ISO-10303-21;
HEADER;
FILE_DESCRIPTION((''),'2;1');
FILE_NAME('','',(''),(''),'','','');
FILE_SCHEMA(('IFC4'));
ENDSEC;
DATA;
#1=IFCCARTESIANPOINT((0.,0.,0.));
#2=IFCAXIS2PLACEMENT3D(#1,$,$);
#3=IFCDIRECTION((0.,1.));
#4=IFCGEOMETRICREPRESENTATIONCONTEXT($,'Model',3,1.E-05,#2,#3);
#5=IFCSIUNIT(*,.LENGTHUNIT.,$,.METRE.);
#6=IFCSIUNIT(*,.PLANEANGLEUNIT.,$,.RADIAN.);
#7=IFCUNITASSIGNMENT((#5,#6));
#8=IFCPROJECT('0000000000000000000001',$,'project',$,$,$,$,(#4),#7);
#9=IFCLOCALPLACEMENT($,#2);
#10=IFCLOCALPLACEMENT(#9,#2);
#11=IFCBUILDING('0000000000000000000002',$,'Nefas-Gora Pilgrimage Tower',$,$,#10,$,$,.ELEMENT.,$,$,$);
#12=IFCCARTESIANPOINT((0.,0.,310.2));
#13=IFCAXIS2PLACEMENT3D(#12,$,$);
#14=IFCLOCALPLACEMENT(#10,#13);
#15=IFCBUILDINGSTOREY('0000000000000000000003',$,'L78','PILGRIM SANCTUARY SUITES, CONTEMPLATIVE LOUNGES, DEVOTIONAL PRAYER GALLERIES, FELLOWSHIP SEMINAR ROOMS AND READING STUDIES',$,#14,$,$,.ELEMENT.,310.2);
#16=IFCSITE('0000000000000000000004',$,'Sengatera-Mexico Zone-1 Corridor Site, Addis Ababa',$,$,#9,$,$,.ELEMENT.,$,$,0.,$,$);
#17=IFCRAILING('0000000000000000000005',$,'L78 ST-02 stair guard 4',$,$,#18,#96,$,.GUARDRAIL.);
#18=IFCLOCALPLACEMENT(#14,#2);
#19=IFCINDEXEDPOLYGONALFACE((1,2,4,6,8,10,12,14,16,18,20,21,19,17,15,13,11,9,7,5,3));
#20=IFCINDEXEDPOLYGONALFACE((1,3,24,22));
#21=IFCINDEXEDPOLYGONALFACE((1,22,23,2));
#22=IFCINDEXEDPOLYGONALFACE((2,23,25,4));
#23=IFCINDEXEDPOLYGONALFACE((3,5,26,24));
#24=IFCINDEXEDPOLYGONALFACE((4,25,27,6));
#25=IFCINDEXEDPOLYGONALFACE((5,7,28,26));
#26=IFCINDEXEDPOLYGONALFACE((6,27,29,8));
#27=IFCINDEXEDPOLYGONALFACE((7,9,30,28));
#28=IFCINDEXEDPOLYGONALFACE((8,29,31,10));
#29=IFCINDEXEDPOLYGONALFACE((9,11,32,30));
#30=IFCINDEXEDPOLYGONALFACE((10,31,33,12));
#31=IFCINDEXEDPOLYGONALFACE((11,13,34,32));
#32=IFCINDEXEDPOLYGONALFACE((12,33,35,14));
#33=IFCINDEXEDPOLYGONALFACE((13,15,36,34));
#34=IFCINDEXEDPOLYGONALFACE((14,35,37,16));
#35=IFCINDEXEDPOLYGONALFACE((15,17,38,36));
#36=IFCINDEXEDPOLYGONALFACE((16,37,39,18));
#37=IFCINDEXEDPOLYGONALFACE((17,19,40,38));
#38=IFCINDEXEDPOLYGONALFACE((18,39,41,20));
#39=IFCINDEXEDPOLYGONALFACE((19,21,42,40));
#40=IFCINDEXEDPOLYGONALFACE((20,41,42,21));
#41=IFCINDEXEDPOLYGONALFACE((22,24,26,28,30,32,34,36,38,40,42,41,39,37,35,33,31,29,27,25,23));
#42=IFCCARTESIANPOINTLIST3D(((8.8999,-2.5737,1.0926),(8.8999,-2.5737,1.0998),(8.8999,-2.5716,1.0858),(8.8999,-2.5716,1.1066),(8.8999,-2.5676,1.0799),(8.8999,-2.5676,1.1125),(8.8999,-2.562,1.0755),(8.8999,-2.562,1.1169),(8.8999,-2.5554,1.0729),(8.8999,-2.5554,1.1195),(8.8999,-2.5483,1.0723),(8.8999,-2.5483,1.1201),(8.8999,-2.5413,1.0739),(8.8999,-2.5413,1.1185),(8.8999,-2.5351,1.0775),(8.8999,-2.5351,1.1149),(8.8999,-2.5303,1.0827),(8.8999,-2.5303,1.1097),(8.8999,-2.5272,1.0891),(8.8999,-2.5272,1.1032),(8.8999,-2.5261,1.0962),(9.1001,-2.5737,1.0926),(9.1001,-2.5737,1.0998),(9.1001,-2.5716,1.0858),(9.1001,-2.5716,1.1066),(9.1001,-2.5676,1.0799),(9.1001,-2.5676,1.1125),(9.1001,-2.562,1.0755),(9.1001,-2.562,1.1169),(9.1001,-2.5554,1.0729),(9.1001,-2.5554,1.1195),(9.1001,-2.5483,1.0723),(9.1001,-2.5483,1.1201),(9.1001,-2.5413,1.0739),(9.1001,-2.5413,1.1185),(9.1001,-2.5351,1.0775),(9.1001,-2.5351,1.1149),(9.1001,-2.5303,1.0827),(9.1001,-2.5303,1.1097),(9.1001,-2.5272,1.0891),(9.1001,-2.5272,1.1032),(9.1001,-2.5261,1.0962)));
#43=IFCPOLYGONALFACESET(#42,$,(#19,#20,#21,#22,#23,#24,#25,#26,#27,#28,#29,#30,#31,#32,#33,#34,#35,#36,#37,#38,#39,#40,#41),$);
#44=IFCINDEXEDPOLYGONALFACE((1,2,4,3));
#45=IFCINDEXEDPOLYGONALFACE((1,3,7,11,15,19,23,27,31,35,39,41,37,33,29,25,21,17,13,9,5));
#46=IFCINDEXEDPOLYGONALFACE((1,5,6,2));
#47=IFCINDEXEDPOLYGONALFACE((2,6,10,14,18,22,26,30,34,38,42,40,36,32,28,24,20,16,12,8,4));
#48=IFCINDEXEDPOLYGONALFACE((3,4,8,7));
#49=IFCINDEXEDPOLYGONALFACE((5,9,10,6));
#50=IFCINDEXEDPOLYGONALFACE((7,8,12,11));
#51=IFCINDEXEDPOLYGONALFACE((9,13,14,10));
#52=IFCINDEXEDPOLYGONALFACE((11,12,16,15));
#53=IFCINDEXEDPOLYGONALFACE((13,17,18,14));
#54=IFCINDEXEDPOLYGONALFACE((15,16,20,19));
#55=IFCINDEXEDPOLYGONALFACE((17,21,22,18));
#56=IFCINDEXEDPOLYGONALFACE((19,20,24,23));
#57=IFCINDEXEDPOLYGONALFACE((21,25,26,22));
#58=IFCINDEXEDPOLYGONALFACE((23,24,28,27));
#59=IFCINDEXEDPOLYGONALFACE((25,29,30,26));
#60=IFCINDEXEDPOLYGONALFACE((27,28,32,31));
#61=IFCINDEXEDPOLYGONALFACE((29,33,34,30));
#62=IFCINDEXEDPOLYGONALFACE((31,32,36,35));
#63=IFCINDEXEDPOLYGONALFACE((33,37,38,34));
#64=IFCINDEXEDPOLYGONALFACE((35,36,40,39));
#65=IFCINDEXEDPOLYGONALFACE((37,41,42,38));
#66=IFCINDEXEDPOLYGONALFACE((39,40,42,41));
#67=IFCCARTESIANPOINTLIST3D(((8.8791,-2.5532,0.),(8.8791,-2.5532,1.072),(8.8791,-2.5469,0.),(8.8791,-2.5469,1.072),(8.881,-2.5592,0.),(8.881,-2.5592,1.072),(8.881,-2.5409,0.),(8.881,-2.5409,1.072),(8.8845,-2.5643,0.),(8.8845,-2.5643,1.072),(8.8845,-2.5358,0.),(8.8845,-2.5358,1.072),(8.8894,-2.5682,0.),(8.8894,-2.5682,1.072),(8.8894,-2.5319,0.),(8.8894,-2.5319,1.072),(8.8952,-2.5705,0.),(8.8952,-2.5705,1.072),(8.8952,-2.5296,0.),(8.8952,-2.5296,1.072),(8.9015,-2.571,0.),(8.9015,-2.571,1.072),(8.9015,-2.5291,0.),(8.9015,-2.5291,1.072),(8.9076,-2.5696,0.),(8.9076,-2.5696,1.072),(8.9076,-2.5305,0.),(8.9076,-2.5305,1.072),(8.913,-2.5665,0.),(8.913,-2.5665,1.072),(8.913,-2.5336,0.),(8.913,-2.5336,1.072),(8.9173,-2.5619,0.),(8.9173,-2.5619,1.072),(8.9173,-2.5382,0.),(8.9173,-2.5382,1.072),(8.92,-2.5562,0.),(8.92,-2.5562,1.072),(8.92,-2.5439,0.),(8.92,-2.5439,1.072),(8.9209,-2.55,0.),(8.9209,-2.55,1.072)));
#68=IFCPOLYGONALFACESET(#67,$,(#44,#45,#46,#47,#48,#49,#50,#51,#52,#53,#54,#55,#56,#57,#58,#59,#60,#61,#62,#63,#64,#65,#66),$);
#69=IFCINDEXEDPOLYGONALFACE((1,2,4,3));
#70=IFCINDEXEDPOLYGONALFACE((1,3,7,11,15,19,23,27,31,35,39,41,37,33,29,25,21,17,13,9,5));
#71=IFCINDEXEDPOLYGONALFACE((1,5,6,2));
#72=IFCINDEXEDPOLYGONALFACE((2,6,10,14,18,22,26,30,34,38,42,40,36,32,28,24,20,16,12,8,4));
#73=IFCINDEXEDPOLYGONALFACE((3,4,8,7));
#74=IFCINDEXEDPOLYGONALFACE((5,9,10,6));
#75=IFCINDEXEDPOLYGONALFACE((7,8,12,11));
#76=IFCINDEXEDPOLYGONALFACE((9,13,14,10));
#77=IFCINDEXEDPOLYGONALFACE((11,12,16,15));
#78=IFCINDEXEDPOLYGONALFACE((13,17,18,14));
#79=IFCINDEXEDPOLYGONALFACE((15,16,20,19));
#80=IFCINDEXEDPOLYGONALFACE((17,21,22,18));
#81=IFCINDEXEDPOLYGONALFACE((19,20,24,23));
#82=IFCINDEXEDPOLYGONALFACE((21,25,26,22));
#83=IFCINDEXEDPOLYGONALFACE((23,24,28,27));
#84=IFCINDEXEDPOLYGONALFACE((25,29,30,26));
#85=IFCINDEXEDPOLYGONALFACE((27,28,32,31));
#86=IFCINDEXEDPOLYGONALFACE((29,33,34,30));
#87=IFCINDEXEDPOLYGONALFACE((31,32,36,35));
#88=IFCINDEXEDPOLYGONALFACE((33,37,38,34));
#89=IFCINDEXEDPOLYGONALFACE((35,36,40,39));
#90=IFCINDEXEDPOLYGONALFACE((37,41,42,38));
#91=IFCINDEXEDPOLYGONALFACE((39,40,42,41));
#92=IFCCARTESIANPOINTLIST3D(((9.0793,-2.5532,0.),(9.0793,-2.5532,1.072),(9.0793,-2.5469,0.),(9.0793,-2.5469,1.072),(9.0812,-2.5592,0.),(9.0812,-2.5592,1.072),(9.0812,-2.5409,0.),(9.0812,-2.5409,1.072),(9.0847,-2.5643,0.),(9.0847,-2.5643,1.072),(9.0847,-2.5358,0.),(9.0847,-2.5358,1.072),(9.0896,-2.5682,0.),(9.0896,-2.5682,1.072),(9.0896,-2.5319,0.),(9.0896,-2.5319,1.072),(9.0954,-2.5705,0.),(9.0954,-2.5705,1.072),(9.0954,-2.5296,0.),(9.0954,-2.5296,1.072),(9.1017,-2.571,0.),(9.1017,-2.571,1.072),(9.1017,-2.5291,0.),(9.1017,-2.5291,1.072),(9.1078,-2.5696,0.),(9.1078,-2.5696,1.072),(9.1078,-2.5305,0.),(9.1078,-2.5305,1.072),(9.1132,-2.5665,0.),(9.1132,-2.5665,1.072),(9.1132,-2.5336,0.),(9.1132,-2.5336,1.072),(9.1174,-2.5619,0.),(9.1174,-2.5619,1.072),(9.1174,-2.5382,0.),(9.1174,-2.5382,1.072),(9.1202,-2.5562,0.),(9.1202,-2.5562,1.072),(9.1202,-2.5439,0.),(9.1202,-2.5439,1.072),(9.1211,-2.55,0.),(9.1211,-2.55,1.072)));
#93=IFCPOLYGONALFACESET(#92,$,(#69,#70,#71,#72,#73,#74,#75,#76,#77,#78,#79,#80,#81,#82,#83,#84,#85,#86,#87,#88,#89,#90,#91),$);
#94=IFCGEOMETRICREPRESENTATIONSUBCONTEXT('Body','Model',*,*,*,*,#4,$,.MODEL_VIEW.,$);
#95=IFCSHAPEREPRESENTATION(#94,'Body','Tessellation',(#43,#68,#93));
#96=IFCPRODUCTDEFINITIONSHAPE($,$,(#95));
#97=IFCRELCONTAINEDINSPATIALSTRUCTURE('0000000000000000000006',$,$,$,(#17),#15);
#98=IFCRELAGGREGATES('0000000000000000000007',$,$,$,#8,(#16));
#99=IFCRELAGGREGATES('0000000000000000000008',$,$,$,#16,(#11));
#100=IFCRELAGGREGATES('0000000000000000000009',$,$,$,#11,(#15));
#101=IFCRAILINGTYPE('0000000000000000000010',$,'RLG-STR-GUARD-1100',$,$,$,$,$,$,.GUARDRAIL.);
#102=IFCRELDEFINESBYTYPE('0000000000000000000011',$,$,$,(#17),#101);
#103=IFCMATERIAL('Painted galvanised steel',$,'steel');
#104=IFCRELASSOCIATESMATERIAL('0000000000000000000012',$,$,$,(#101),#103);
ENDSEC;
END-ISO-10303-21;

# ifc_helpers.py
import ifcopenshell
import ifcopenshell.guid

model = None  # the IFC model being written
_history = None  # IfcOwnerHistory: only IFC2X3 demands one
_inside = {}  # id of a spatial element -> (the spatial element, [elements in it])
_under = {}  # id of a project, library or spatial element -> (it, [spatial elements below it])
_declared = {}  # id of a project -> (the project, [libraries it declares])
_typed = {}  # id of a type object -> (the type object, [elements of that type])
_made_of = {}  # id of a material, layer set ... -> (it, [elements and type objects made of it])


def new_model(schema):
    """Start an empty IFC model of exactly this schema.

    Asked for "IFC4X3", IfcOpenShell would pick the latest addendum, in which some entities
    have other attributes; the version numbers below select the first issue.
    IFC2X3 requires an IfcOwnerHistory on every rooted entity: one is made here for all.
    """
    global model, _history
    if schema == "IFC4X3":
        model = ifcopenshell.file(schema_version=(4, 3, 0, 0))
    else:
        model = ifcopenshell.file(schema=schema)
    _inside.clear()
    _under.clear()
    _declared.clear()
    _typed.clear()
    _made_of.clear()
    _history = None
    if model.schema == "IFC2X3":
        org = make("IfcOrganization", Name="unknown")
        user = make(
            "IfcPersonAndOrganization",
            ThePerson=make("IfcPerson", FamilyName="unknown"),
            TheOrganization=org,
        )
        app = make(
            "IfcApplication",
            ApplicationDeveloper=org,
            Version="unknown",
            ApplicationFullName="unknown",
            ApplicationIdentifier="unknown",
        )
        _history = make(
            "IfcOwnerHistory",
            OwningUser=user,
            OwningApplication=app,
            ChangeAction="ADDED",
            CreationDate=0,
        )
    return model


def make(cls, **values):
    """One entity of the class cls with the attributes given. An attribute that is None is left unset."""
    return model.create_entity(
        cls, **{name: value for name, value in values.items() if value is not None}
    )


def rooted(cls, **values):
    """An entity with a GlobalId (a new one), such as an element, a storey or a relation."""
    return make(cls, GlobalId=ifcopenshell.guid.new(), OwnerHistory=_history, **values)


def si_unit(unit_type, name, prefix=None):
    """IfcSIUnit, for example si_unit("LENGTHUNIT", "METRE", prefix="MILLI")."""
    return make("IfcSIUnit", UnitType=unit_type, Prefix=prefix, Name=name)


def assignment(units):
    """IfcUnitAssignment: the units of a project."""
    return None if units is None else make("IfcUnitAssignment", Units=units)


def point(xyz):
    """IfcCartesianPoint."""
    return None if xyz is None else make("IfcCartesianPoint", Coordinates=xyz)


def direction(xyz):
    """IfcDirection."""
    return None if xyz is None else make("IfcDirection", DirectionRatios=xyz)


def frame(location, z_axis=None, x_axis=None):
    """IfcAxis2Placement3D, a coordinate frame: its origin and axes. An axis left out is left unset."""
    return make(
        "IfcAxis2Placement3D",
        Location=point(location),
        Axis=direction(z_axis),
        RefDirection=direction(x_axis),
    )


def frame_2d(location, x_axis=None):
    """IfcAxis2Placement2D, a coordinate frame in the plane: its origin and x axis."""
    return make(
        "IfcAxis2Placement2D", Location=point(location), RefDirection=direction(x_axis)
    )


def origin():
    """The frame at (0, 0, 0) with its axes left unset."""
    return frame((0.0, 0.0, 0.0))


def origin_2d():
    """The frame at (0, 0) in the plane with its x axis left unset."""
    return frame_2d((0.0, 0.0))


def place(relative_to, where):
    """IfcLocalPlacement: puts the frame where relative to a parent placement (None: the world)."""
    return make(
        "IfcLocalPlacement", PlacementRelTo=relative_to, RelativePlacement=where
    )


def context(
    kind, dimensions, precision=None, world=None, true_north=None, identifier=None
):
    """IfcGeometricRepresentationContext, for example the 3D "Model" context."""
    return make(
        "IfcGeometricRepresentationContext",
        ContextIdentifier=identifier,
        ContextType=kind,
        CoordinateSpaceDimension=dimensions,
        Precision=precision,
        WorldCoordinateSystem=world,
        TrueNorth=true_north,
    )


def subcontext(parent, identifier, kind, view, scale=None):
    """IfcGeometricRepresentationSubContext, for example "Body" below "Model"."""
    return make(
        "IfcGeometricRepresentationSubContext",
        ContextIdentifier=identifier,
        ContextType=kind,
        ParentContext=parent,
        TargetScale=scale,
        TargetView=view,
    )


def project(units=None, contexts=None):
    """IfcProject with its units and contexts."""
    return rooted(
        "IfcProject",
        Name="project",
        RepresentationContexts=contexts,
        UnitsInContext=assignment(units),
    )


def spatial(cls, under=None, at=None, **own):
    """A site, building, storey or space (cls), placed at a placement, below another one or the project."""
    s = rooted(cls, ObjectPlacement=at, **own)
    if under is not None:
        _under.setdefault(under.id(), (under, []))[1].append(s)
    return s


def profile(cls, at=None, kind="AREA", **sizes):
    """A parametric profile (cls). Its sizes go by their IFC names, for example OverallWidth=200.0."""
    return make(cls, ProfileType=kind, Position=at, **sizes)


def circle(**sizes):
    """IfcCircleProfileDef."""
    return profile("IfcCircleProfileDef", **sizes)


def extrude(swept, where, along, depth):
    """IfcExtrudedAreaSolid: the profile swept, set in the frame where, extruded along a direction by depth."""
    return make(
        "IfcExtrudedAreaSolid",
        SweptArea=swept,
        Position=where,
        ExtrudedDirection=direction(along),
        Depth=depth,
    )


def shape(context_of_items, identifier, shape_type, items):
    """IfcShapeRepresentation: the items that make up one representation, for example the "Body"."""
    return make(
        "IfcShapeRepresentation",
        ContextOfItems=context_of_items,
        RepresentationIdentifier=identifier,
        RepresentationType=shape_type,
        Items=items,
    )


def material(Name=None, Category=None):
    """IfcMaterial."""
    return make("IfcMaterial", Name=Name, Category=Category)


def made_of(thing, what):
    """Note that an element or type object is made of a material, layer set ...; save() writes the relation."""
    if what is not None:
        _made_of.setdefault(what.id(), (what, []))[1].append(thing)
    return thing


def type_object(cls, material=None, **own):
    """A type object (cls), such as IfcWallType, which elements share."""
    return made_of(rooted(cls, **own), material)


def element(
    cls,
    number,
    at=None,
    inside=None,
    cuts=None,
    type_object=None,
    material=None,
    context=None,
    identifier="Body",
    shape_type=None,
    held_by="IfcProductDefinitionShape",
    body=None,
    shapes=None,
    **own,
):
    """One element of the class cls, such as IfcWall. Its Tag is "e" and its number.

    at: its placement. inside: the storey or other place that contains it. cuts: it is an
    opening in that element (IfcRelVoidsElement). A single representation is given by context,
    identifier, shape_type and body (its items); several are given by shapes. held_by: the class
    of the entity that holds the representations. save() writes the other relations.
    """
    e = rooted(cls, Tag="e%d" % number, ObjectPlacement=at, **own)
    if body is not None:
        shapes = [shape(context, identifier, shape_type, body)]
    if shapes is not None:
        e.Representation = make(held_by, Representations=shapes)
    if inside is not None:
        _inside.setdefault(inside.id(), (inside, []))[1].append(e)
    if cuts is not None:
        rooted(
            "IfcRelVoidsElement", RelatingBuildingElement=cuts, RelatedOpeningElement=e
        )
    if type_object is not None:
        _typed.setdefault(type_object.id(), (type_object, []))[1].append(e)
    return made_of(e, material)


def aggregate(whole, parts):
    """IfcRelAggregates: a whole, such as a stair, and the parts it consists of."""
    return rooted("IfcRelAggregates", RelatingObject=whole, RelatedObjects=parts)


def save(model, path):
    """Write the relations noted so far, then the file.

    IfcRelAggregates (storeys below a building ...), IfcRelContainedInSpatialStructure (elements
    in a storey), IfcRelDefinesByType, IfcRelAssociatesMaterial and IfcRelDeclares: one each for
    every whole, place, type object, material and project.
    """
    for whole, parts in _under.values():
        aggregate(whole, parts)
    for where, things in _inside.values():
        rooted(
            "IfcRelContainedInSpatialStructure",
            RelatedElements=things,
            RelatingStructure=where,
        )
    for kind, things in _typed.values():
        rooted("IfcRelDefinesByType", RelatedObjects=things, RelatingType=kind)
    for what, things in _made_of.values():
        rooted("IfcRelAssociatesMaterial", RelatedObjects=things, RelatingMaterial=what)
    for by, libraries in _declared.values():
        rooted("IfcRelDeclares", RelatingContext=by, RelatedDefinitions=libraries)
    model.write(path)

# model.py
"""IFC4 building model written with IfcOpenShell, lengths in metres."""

from ifc_helpers import new_model, si_unit, direction, frame, origin, origin_2d, place, context, subcontext, project, spatial, circle, extrude, material, type_object, element, save


model = new_model("IFC4")

# Units and contexts
model_context = context("Model", 3, precision=1e-05, world=origin(), true_north=direction((0.0, 1.0)))
body_context = subcontext(model_context, "Body", "Model", "MODEL_VIEW")
ifc_project = project(units=[si_unit("LENGTHUNIT", "METRE"), si_unit("PLANEANGLEUNIT", "RADIAN")], contexts=[model_context])

# Site, building, storey
site_placement = place(None, origin())
site = spatial("IfcSite", under=ifc_project, at=site_placement, Name="Sengatera-Mexico Zone-1 Corridor Site, Addis Ababa", CompositionType="ELEMENT", RefElevation=0.0)
building_placement = place(site_placement, origin())
building = spatial("IfcBuilding", under=site, at=building_placement, Name="Nefas-Gora Pilgrimage Tower", CompositionType="ELEMENT")
storey_placement = place(building_placement, frame((0.0, 0.0, 310.2)))
storey = spatial("IfcBuildingStorey", under=building, at=storey_placement, Name="L78", Description="PILGRIM SANCTUARY SUITES, CONTEMPLATIVE LOUNGES, DEVOTIONAL PRAYER GALLERIES, FELLOWSHIP SEMINAR ROOMS AND READING STUDIES", CompositionType="ELEMENT", Elevation=310.2)

# Railing
ifc_material_1 = material(Name="Painted galvanised steel", Category="steel")
railing_type_1 = type_object("IfcRailingType", Name="RLG-STR-GUARD-1100", PredefinedType="GUARDRAIL", material=ifc_material_1)
railing_1_placement = place(storey_placement, frame((8.8999, -2.55, 0.0)))
element("IfcRailing", 1, at=railing_1_placement, inside=storey, type_object=railing_type_1, Name="L78 ST-02 stair guard 4", PredefinedType="GUARDRAIL", context=body_context, shape_type="SweptSolid", body=[
    extrude(circle(Radius=0.0239, at=origin_2d()), frame((0.0, 0.0, 1.0962), z_axis=(1.0, 0.0, 0.0), x_axis=(0.0, 1.0, 0.0)), (0.0, 0.0, 1.0), 0.2002),
    extrude(circle(Radius=0.021, at=origin_2d()), origin(), (0.0, 0.0, 1.0), 1.072),
    extrude(circle(Radius=0.021, at=origin_2d()), frame((0.2002, 0.0, 0.0)), (0.0, 0.0, 1.0), 1.072),
])

save(model, "model.ifc")
